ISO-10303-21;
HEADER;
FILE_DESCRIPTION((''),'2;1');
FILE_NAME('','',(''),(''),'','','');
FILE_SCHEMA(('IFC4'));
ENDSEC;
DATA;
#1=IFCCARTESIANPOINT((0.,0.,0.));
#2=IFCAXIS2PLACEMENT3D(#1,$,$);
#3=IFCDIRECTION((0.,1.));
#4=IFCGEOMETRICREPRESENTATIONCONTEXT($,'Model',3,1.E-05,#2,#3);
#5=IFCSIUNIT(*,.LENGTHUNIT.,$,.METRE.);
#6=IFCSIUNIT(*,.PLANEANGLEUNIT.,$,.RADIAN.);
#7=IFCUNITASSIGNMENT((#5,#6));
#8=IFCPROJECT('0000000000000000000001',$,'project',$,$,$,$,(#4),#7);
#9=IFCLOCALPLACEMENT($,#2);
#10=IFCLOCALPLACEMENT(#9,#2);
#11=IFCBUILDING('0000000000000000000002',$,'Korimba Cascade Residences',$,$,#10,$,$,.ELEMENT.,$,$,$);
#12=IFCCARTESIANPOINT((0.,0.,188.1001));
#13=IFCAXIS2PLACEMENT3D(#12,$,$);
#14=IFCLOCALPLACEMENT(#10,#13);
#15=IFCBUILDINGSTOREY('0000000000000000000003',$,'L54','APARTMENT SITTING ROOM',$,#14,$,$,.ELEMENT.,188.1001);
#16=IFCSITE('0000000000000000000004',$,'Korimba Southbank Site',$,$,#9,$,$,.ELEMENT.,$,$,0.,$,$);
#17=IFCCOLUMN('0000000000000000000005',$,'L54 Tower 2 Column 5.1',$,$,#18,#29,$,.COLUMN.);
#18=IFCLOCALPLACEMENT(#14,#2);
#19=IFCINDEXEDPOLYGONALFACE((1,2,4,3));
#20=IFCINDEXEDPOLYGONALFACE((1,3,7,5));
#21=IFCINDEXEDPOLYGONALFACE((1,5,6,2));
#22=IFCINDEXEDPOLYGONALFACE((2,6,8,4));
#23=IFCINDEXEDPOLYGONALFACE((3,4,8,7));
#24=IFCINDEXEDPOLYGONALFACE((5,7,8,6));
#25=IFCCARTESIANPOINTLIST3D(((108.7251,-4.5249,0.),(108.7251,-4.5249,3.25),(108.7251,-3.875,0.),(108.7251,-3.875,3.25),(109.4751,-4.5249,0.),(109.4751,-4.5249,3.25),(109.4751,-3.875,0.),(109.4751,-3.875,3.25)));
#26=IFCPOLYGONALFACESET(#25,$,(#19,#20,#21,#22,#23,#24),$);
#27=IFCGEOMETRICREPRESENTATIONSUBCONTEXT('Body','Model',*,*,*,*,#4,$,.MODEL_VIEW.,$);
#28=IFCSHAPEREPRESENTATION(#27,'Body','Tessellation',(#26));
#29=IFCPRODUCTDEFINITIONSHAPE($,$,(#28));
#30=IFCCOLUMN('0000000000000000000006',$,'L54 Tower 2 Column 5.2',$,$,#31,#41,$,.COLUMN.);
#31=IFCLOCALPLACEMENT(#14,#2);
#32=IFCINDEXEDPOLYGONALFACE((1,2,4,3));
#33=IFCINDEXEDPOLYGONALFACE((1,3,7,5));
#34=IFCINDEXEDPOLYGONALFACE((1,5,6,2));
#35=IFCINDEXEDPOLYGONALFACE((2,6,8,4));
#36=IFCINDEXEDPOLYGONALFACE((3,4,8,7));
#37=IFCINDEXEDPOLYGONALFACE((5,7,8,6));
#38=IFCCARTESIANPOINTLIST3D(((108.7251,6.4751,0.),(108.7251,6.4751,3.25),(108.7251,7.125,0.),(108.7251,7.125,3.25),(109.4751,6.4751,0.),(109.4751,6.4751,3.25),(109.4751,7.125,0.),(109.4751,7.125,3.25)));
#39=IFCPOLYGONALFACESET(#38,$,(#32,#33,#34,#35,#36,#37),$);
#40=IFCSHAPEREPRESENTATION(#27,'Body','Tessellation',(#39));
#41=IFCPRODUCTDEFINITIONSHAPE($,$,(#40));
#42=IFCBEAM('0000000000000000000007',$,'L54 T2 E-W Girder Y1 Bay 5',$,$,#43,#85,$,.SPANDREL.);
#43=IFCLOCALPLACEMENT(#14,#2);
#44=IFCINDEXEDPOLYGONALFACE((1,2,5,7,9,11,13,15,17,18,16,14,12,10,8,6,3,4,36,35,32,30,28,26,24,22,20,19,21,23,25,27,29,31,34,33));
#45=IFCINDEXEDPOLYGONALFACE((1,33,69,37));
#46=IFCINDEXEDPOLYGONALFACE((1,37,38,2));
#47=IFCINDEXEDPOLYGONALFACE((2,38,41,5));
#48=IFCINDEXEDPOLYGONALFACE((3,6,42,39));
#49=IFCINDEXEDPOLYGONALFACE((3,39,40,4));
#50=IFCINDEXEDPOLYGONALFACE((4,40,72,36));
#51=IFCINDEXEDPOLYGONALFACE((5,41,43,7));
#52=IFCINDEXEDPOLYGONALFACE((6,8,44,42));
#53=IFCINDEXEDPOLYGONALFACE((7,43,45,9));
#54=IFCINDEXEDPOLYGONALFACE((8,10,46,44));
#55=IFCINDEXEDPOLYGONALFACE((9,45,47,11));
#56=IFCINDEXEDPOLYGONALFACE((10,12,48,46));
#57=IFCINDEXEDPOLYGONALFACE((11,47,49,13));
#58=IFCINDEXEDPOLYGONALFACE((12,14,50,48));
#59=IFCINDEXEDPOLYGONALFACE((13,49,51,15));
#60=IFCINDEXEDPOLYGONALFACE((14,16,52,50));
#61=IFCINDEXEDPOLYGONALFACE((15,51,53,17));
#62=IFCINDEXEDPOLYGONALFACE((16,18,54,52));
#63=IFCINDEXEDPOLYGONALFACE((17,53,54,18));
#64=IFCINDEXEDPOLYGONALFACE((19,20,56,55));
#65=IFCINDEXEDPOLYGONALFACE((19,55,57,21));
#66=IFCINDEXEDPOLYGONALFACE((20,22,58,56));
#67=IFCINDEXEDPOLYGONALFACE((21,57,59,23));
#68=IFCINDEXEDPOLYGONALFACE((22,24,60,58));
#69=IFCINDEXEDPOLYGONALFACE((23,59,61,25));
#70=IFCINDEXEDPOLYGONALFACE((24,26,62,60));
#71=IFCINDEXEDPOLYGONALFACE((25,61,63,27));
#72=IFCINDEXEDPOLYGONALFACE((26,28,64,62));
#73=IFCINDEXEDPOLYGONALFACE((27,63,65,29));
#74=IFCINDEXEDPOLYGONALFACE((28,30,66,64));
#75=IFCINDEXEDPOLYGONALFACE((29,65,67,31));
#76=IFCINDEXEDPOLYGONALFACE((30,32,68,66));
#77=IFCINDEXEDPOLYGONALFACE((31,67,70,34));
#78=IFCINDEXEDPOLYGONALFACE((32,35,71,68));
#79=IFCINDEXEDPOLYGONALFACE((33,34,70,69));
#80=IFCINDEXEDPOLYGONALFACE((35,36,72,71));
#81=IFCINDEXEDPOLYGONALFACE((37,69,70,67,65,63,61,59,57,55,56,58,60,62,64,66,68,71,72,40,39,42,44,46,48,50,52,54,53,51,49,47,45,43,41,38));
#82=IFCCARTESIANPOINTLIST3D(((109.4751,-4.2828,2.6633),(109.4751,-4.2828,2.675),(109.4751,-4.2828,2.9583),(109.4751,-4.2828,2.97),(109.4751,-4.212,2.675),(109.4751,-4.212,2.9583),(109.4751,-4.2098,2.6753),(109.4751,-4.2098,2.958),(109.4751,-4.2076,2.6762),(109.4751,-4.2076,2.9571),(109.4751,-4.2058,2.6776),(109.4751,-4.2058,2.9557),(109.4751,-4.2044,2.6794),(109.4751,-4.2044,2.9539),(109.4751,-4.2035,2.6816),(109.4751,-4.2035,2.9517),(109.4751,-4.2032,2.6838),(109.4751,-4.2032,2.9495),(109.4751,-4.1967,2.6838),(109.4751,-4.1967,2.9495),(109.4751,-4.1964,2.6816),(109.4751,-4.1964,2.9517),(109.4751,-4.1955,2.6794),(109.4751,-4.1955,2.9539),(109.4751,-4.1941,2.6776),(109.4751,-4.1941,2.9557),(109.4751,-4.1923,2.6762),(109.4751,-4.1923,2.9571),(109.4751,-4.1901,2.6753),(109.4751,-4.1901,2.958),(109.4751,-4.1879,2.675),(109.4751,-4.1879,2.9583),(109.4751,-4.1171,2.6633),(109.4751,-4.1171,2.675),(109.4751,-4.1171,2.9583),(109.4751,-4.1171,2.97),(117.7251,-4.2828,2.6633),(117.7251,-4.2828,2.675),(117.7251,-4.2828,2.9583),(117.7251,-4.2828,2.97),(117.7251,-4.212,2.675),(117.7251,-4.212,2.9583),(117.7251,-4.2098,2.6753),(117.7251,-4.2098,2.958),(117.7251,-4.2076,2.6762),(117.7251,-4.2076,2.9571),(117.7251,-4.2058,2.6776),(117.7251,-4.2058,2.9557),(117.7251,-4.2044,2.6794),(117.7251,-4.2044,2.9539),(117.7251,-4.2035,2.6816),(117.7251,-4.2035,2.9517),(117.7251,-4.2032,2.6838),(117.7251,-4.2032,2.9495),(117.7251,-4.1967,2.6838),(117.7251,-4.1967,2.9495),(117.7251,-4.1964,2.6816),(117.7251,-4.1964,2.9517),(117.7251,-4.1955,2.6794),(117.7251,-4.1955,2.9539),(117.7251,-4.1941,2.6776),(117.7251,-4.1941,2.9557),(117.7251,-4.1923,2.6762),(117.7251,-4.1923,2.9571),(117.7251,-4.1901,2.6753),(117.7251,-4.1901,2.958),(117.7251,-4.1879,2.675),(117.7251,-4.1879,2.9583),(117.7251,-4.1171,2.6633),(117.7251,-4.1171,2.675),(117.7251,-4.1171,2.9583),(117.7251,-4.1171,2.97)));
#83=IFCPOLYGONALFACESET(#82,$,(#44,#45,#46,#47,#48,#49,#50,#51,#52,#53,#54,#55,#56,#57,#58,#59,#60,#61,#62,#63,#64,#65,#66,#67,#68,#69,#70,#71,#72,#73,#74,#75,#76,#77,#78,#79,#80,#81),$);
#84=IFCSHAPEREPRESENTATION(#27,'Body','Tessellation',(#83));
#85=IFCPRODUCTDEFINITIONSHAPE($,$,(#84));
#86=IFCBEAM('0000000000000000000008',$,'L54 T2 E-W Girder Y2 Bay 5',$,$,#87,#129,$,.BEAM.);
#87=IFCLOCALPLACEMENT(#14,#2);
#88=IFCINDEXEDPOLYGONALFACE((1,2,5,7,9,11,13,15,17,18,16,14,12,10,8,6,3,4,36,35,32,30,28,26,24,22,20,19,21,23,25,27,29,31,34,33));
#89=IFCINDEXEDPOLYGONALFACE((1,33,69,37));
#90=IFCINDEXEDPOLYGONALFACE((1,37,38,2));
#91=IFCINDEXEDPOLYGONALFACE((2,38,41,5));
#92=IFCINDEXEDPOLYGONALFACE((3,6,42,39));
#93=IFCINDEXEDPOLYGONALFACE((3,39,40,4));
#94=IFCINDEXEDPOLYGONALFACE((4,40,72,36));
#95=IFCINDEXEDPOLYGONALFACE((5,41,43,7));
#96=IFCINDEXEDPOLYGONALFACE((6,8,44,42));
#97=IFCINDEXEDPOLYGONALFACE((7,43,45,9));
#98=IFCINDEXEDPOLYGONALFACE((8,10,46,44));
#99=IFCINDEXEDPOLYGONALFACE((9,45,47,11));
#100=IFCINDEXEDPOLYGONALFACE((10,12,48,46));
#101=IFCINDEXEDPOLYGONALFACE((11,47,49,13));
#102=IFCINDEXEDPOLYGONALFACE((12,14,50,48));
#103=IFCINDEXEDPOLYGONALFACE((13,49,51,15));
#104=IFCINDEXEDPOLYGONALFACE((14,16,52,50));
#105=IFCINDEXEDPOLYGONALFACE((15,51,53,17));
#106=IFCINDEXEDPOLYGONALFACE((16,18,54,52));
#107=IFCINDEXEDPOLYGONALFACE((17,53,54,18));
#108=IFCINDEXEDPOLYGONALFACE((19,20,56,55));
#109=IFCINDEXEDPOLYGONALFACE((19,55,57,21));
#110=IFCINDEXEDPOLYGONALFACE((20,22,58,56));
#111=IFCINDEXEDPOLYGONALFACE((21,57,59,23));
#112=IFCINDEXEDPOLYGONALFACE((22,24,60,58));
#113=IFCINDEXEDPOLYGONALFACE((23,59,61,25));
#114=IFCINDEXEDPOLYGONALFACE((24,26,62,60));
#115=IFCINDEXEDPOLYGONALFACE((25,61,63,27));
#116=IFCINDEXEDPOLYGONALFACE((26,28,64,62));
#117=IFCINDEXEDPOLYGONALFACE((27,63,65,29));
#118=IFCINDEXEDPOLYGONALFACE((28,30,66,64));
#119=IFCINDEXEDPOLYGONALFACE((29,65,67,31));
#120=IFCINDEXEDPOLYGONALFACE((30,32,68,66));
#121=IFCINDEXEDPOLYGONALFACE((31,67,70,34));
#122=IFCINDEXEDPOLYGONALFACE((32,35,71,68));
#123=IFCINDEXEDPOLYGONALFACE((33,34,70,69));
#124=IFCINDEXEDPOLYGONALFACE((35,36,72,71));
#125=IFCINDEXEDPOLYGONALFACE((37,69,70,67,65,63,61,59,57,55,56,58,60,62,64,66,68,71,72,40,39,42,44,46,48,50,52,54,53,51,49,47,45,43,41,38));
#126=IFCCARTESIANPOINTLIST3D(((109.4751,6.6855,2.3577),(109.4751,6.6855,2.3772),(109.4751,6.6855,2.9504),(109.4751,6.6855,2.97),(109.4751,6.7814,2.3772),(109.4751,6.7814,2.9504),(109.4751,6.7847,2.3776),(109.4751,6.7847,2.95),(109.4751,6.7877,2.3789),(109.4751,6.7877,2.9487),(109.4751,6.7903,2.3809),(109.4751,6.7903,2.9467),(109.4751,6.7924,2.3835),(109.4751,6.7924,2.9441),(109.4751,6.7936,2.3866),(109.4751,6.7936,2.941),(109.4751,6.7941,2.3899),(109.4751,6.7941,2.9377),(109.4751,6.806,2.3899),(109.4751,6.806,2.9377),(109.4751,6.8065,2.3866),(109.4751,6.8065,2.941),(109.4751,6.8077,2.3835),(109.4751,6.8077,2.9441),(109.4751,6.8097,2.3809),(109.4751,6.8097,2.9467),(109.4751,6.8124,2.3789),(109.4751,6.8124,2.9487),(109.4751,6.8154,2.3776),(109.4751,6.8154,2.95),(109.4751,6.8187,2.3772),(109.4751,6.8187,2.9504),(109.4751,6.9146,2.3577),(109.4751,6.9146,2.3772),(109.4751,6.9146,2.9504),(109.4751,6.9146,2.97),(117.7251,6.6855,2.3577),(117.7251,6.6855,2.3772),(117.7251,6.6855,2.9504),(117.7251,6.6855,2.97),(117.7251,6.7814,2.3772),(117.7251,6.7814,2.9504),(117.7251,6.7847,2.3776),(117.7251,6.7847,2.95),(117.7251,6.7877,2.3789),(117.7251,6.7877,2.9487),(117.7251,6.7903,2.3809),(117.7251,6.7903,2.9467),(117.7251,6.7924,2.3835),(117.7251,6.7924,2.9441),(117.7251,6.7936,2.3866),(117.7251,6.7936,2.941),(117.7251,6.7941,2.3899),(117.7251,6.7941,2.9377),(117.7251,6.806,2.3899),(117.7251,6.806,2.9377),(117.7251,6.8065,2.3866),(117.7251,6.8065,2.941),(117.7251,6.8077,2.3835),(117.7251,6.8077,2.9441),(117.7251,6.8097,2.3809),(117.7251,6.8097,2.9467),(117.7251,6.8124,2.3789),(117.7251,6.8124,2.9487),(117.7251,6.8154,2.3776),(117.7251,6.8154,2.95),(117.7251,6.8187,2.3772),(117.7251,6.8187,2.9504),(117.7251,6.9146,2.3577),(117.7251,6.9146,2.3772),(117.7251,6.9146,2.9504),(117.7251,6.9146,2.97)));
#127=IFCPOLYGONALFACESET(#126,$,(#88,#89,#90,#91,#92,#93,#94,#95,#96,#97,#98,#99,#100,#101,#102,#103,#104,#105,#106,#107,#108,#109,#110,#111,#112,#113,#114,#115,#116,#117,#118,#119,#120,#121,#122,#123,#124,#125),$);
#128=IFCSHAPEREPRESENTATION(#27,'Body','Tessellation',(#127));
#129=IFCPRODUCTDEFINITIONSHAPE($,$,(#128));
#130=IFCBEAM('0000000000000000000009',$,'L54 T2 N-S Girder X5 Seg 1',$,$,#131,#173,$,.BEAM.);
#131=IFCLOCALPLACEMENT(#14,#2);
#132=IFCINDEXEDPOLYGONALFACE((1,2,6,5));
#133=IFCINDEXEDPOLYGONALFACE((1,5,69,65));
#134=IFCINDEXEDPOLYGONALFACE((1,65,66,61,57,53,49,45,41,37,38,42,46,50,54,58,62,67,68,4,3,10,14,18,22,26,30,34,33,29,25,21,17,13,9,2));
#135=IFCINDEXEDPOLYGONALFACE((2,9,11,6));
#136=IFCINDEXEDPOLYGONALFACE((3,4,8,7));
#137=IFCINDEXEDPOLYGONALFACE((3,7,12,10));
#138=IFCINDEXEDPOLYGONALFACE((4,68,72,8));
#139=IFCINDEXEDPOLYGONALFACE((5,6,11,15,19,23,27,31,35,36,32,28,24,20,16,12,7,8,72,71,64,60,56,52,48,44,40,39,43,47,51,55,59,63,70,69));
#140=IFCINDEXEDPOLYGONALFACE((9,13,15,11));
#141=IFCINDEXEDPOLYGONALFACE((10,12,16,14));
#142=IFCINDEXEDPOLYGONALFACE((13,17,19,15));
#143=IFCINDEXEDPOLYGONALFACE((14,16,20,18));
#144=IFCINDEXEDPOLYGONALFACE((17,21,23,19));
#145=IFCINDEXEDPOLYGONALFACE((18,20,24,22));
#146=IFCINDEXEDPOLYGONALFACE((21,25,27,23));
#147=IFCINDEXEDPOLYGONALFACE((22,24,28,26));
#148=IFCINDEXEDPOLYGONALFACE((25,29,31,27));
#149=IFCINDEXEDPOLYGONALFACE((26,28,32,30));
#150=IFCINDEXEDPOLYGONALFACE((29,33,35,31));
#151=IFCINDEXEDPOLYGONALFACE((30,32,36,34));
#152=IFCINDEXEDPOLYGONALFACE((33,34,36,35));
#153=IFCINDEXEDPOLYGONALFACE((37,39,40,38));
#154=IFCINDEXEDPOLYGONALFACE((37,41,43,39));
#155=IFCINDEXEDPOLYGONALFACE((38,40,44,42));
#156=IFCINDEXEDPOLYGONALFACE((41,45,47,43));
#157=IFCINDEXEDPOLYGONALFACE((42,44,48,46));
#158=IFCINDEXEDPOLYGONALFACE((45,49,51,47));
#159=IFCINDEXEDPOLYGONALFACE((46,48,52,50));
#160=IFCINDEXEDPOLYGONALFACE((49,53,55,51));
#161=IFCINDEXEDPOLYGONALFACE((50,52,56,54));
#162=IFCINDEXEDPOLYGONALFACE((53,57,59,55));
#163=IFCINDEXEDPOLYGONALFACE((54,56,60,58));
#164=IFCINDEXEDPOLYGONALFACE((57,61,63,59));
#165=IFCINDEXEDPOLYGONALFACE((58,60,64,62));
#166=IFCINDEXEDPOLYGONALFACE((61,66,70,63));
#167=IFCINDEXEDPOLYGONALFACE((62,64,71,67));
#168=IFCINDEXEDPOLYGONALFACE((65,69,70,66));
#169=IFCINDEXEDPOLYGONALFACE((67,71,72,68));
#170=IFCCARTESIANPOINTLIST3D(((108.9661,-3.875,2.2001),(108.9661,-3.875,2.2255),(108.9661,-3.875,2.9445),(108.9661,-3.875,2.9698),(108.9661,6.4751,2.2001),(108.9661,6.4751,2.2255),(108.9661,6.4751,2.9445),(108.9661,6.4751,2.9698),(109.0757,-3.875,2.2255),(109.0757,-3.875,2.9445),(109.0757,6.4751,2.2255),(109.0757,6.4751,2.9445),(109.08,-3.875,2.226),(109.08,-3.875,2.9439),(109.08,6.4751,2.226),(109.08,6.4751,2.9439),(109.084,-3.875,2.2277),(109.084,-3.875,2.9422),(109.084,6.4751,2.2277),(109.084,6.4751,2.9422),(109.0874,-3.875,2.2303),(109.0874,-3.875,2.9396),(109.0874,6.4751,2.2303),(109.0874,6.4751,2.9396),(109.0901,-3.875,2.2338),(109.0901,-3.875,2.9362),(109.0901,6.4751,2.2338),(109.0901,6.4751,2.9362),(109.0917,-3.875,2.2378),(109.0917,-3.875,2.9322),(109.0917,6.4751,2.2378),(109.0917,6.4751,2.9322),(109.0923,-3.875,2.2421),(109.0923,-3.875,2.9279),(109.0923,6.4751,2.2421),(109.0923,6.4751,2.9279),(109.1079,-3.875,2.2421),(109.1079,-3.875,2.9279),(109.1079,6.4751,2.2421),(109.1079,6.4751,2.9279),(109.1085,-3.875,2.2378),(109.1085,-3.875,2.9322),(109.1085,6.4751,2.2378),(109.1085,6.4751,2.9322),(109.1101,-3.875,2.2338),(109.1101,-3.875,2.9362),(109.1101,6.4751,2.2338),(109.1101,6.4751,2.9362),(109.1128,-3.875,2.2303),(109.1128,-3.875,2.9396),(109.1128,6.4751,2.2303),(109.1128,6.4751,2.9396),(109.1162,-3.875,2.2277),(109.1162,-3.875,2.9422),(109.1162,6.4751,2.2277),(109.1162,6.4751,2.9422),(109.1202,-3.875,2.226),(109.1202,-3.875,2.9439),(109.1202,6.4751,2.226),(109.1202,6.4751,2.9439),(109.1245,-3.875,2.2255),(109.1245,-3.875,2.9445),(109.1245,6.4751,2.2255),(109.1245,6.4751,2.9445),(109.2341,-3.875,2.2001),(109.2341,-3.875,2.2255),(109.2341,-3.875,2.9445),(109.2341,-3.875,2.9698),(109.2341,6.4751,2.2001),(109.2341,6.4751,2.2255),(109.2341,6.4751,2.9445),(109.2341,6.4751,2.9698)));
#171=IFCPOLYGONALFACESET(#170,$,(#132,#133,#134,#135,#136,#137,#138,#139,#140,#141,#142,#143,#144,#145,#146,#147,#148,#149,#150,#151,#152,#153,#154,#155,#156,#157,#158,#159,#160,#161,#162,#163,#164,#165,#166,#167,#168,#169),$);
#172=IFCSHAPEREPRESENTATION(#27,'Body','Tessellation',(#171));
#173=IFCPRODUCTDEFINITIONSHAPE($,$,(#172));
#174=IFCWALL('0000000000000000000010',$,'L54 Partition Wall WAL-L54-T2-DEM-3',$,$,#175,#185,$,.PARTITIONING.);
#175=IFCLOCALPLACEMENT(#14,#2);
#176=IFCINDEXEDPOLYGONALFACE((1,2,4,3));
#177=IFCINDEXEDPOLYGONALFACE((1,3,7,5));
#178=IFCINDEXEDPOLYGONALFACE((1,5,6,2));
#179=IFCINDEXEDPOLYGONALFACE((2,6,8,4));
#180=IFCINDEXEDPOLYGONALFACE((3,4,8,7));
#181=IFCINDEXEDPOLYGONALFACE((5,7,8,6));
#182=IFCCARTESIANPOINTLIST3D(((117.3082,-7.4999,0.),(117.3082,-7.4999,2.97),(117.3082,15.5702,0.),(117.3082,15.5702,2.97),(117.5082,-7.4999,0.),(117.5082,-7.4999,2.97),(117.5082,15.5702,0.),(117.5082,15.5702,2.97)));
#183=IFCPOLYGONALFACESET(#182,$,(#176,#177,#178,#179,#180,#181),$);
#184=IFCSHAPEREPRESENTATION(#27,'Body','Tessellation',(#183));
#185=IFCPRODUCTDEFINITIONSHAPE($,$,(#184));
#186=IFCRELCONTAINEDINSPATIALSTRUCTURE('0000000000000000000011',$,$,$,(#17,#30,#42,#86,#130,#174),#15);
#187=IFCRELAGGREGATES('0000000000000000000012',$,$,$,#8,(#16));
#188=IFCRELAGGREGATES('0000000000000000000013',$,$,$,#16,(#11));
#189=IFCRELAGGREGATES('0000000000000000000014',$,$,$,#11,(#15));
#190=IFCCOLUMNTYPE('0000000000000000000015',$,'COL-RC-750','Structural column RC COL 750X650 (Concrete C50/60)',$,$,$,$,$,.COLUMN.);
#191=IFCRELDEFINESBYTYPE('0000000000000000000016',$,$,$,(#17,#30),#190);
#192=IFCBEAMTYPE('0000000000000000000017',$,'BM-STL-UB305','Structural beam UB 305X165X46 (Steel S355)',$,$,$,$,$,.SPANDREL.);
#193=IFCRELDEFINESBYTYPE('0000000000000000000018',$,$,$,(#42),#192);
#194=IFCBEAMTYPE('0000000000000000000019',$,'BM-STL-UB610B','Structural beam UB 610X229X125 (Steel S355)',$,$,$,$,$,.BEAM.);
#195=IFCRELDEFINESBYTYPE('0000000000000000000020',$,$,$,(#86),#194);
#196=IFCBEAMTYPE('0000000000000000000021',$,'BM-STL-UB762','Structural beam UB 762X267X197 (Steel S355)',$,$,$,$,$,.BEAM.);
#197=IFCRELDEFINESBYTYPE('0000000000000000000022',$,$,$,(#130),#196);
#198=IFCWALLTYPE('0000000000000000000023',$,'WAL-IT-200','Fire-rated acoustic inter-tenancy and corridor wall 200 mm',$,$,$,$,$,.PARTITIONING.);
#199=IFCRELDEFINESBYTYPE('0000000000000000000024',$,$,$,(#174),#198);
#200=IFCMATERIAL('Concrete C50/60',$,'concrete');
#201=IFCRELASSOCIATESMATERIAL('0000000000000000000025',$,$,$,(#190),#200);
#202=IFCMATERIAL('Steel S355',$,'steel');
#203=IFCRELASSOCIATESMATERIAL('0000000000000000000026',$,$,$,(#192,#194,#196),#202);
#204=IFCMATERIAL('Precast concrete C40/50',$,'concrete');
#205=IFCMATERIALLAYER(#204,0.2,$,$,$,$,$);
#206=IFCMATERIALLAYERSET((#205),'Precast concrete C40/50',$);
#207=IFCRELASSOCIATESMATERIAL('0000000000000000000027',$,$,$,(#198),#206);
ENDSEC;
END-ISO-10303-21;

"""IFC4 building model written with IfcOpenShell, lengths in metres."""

from ifc_helpers import new_model, si_unit, direction, frame, frame_2d, origin, origin_2d, place, context, subcontext, project, spatial, rectangle, i_section, extrude, material, layer, layer_set, material_profile, profile_set, type_object, element, save


model = new_model("IFC4")

# Units and contexts
model_context = context("Model", 3, precision=1e-05, world=origin(), true_north=direction((0.0, 1.0)))
body_context = subcontext(model_context, "Body", "Model", "MODEL_VIEW")
ifc_project = project(units=[si_unit("LENGTHUNIT", "METRE"), si_unit("PLANEANGLEUNIT", "RADIAN")], contexts=[model_context])

# Site, building, storey
site_placement = place(None, origin())
site = spatial("IfcSite", under=ifc_project, at=site_placement, Name="Korimba Southbank Site", CompositionType="ELEMENT", RefElevation=0.0)
building_placement = place(site_placement, origin())
building = spatial("IfcBuilding", under=site, at=building_placement, Name="Korimba Cascade Residences", CompositionType="ELEMENT")
storey_placement = place(building_placement, frame((0.0, 0.0, 188.1001)))
storey = spatial("IfcBuildingStorey", under=building, at=storey_placement, Name="L54", Description="APARTMENT SITTING ROOM", CompositionType="ELEMENT", Elevation=188.1001)

# Columns
ifc_material_1 = material(Name="Concrete C50/60", Category="concrete")
ifc_material_profile_1 = material_profile(ifc_material_1, rectangle(XDim=0.75, YDim=0.6499, at=origin_2d()), Name="Concrete C50/60")
ifc_profile_set_1 = profile_set([ifc_material_profile_1], Name="Concrete C50/60")
column_type = type_object("IfcColumnType", Name="COL-RC-750", Description="Structural column RC COL 750X650 (Concrete C50/60)", PredefinedType="COLUMN", material=ifc_profile_set_1)
for number, where, z_axis, x_axis, name in (
    (1, (109.1001, -4.2, 0.0), (0.0, 0.0, 1.0), (1.0, 0.0, 0.0), "L54 Tower 2 Column 5.1"),
    (2, (109.1001, 6.8, 0.0), (0.0, 0.0, 1.0), (1.0, 0.0, 0.0), "L54 Tower 2 Column 5.2"),
):
    element("IfcColumn", number, at=place(storey_placement, frame(where, z_axis=z_axis, x_axis=x_axis)), inside=storey, type_object=column_type, Name=name, PredefinedType="COLUMN", context=body_context, shape_type="SweptSolid", body=[
        extrude(rectangle(XDim=0.75, YDim=0.6499, at=origin_2d()), origin(), (0.0, 0.0, 1.0), 3.25),
    ])

# Beams
ifc_material_2 = material(Name="Steel S355", Category="steel")
ifc_material_profile_2 = material_profile(ifc_material_2, i_section(OverallWidth=0.1658, OverallDepth=0.3066, WebThickness=0.0066, FlangeThickness=0.0117, FilletRadius=0.0088, at=origin_2d()), Name="Steel S355")
ifc_profile_set_2 = profile_set([ifc_material_profile_2], Name="Steel S355")
beam_type_1 = type_object("IfcBeamType", Name="BM-STL-UB305", Description="Structural beam UB 305X165X46 (Steel S355)", PredefinedType="SPANDREL", material=ifc_profile_set_2)
beam_1_placement = place(storey_placement, frame((109.4751, -4.2, 2.8167), z_axis=(1.0, 0.0, 0.0), x_axis=(0.0, 1.0, 0.0)))
element("IfcBeam", 3, at=beam_1_placement, inside=storey, type_object=beam_type_1, Name="L54 T2 E-W Girder Y1 Bay 5", PredefinedType="SPANDREL", context=body_context, shape_type="SweptSolid", body=[
    extrude(i_section(OverallWidth=0.1658, OverallDepth=0.3066, WebThickness=0.0066, FlangeThickness=0.0117, FilletRadius=0.0088, at=origin_2d()), origin(), (0.0, 0.0, 1.0), 8.25),
])
ifc_material_profile_3 = material_profile(ifc_material_2, i_section(OverallWidth=0.229, OverallDepth=0.6123, WebThickness=0.012, FlangeThickness=0.0195, FilletRadius=0.0127, at=origin_2d()), Name="Steel S355")
ifc_profile_set_3 = profile_set([ifc_material_profile_3], Name="Steel S355")
beam_type_2 = type_object("IfcBeamType", Name="BM-STL-UB610B", Description="Structural beam UB 610X229X125 (Steel S355)", PredefinedType="BEAM", material=ifc_profile_set_3)
beam_2_placement = place(storey_placement, frame((109.4751, 6.8, 2.6638), z_axis=(1.0, 0.0, 0.0), x_axis=(0.0, 1.0, 0.0)))
element("IfcBeam", 4, at=beam_2_placement, inside=storey, type_object=beam_type_2, Name="L54 T2 E-W Girder Y2 Bay 5", PredefinedType="BEAM", context=body_context, shape_type="SweptSolid", body=[
    extrude(i_section(OverallWidth=0.229, OverallDepth=0.6123, WebThickness=0.012, FlangeThickness=0.0195, FilletRadius=0.0127, at=origin_2d()), origin(), (0.0, 0.0, 1.0), 8.25),
])
ifc_material_profile_4 = material_profile(ifc_material_2, i_section(OverallWidth=0.2681, OverallDepth=0.7698, WebThickness=0.0156, FlangeThickness=0.0254, FilletRadius=0.0166, at=origin_2d()), Name="Steel S355")
ifc_profile_set_4 = profile_set([ifc_material_profile_4], Name="Steel S355")
beam_type_3 = type_object("IfcBeamType", Name="BM-STL-UB762", Description="Structural beam UB 762X267X197 (Steel S355)", PredefinedType="BEAM", material=ifc_profile_set_4)
beam_3_placement = place(storey_placement, frame((109.1001, -3.875, 2.585), z_axis=(0.0, 1.0, 0.0), x_axis=(-1.0, 0.0, 0.0)))
element("IfcBeam", 5, at=beam_3_placement, inside=storey, type_object=beam_type_3, Name="L54 T2 N-S Girder X5 Seg 1", PredefinedType="BEAM", context=body_context, shape_type="SweptSolid", body=[
    extrude(i_section(OverallWidth=0.2681, OverallDepth=0.7698, WebThickness=0.0156, FlangeThickness=0.0254, FilletRadius=0.0166, at=origin_2d()), origin(), (0.0, 0.0, 1.0), 10.3501),
])

# Wall
ifc_material_3 = material(Name="Precast concrete C40/50", Category="concrete")
ifc_layer_1 = layer(ifc_material_3, 0.2)
ifc_layer_set_1 = layer_set([ifc_layer_1], Name="Precast concrete C40/50")
wall_type_1 = type_object("IfcWallType", Name="WAL-IT-200", Description="Fire-rated acoustic inter-tenancy and corridor wall 200 mm", PredefinedType="PARTITIONING", material=ifc_layer_set_1)
wall_1_placement = place(storey_placement, frame((117.4082, -7.5, 0.0), z_axis=(0.0, 0.0, 1.0), x_axis=(0.0, 1.0, 0.0)))
element("IfcWall", 6, at=wall_1_placement, inside=storey, type_object=wall_type_1, Name="L54 Partition Wall WAL-L54-T2-DEM-3", PredefinedType="PARTITIONING", context=body_context, shape_type="SweptSolid", body=[
    extrude(rectangle(XDim=23.0701, YDim=0.2, at=frame_2d((11.5352, 0.0))), origin(), (0.0, 0.0, 1.0), 2.97),
])

save(model, "model.ifc")
